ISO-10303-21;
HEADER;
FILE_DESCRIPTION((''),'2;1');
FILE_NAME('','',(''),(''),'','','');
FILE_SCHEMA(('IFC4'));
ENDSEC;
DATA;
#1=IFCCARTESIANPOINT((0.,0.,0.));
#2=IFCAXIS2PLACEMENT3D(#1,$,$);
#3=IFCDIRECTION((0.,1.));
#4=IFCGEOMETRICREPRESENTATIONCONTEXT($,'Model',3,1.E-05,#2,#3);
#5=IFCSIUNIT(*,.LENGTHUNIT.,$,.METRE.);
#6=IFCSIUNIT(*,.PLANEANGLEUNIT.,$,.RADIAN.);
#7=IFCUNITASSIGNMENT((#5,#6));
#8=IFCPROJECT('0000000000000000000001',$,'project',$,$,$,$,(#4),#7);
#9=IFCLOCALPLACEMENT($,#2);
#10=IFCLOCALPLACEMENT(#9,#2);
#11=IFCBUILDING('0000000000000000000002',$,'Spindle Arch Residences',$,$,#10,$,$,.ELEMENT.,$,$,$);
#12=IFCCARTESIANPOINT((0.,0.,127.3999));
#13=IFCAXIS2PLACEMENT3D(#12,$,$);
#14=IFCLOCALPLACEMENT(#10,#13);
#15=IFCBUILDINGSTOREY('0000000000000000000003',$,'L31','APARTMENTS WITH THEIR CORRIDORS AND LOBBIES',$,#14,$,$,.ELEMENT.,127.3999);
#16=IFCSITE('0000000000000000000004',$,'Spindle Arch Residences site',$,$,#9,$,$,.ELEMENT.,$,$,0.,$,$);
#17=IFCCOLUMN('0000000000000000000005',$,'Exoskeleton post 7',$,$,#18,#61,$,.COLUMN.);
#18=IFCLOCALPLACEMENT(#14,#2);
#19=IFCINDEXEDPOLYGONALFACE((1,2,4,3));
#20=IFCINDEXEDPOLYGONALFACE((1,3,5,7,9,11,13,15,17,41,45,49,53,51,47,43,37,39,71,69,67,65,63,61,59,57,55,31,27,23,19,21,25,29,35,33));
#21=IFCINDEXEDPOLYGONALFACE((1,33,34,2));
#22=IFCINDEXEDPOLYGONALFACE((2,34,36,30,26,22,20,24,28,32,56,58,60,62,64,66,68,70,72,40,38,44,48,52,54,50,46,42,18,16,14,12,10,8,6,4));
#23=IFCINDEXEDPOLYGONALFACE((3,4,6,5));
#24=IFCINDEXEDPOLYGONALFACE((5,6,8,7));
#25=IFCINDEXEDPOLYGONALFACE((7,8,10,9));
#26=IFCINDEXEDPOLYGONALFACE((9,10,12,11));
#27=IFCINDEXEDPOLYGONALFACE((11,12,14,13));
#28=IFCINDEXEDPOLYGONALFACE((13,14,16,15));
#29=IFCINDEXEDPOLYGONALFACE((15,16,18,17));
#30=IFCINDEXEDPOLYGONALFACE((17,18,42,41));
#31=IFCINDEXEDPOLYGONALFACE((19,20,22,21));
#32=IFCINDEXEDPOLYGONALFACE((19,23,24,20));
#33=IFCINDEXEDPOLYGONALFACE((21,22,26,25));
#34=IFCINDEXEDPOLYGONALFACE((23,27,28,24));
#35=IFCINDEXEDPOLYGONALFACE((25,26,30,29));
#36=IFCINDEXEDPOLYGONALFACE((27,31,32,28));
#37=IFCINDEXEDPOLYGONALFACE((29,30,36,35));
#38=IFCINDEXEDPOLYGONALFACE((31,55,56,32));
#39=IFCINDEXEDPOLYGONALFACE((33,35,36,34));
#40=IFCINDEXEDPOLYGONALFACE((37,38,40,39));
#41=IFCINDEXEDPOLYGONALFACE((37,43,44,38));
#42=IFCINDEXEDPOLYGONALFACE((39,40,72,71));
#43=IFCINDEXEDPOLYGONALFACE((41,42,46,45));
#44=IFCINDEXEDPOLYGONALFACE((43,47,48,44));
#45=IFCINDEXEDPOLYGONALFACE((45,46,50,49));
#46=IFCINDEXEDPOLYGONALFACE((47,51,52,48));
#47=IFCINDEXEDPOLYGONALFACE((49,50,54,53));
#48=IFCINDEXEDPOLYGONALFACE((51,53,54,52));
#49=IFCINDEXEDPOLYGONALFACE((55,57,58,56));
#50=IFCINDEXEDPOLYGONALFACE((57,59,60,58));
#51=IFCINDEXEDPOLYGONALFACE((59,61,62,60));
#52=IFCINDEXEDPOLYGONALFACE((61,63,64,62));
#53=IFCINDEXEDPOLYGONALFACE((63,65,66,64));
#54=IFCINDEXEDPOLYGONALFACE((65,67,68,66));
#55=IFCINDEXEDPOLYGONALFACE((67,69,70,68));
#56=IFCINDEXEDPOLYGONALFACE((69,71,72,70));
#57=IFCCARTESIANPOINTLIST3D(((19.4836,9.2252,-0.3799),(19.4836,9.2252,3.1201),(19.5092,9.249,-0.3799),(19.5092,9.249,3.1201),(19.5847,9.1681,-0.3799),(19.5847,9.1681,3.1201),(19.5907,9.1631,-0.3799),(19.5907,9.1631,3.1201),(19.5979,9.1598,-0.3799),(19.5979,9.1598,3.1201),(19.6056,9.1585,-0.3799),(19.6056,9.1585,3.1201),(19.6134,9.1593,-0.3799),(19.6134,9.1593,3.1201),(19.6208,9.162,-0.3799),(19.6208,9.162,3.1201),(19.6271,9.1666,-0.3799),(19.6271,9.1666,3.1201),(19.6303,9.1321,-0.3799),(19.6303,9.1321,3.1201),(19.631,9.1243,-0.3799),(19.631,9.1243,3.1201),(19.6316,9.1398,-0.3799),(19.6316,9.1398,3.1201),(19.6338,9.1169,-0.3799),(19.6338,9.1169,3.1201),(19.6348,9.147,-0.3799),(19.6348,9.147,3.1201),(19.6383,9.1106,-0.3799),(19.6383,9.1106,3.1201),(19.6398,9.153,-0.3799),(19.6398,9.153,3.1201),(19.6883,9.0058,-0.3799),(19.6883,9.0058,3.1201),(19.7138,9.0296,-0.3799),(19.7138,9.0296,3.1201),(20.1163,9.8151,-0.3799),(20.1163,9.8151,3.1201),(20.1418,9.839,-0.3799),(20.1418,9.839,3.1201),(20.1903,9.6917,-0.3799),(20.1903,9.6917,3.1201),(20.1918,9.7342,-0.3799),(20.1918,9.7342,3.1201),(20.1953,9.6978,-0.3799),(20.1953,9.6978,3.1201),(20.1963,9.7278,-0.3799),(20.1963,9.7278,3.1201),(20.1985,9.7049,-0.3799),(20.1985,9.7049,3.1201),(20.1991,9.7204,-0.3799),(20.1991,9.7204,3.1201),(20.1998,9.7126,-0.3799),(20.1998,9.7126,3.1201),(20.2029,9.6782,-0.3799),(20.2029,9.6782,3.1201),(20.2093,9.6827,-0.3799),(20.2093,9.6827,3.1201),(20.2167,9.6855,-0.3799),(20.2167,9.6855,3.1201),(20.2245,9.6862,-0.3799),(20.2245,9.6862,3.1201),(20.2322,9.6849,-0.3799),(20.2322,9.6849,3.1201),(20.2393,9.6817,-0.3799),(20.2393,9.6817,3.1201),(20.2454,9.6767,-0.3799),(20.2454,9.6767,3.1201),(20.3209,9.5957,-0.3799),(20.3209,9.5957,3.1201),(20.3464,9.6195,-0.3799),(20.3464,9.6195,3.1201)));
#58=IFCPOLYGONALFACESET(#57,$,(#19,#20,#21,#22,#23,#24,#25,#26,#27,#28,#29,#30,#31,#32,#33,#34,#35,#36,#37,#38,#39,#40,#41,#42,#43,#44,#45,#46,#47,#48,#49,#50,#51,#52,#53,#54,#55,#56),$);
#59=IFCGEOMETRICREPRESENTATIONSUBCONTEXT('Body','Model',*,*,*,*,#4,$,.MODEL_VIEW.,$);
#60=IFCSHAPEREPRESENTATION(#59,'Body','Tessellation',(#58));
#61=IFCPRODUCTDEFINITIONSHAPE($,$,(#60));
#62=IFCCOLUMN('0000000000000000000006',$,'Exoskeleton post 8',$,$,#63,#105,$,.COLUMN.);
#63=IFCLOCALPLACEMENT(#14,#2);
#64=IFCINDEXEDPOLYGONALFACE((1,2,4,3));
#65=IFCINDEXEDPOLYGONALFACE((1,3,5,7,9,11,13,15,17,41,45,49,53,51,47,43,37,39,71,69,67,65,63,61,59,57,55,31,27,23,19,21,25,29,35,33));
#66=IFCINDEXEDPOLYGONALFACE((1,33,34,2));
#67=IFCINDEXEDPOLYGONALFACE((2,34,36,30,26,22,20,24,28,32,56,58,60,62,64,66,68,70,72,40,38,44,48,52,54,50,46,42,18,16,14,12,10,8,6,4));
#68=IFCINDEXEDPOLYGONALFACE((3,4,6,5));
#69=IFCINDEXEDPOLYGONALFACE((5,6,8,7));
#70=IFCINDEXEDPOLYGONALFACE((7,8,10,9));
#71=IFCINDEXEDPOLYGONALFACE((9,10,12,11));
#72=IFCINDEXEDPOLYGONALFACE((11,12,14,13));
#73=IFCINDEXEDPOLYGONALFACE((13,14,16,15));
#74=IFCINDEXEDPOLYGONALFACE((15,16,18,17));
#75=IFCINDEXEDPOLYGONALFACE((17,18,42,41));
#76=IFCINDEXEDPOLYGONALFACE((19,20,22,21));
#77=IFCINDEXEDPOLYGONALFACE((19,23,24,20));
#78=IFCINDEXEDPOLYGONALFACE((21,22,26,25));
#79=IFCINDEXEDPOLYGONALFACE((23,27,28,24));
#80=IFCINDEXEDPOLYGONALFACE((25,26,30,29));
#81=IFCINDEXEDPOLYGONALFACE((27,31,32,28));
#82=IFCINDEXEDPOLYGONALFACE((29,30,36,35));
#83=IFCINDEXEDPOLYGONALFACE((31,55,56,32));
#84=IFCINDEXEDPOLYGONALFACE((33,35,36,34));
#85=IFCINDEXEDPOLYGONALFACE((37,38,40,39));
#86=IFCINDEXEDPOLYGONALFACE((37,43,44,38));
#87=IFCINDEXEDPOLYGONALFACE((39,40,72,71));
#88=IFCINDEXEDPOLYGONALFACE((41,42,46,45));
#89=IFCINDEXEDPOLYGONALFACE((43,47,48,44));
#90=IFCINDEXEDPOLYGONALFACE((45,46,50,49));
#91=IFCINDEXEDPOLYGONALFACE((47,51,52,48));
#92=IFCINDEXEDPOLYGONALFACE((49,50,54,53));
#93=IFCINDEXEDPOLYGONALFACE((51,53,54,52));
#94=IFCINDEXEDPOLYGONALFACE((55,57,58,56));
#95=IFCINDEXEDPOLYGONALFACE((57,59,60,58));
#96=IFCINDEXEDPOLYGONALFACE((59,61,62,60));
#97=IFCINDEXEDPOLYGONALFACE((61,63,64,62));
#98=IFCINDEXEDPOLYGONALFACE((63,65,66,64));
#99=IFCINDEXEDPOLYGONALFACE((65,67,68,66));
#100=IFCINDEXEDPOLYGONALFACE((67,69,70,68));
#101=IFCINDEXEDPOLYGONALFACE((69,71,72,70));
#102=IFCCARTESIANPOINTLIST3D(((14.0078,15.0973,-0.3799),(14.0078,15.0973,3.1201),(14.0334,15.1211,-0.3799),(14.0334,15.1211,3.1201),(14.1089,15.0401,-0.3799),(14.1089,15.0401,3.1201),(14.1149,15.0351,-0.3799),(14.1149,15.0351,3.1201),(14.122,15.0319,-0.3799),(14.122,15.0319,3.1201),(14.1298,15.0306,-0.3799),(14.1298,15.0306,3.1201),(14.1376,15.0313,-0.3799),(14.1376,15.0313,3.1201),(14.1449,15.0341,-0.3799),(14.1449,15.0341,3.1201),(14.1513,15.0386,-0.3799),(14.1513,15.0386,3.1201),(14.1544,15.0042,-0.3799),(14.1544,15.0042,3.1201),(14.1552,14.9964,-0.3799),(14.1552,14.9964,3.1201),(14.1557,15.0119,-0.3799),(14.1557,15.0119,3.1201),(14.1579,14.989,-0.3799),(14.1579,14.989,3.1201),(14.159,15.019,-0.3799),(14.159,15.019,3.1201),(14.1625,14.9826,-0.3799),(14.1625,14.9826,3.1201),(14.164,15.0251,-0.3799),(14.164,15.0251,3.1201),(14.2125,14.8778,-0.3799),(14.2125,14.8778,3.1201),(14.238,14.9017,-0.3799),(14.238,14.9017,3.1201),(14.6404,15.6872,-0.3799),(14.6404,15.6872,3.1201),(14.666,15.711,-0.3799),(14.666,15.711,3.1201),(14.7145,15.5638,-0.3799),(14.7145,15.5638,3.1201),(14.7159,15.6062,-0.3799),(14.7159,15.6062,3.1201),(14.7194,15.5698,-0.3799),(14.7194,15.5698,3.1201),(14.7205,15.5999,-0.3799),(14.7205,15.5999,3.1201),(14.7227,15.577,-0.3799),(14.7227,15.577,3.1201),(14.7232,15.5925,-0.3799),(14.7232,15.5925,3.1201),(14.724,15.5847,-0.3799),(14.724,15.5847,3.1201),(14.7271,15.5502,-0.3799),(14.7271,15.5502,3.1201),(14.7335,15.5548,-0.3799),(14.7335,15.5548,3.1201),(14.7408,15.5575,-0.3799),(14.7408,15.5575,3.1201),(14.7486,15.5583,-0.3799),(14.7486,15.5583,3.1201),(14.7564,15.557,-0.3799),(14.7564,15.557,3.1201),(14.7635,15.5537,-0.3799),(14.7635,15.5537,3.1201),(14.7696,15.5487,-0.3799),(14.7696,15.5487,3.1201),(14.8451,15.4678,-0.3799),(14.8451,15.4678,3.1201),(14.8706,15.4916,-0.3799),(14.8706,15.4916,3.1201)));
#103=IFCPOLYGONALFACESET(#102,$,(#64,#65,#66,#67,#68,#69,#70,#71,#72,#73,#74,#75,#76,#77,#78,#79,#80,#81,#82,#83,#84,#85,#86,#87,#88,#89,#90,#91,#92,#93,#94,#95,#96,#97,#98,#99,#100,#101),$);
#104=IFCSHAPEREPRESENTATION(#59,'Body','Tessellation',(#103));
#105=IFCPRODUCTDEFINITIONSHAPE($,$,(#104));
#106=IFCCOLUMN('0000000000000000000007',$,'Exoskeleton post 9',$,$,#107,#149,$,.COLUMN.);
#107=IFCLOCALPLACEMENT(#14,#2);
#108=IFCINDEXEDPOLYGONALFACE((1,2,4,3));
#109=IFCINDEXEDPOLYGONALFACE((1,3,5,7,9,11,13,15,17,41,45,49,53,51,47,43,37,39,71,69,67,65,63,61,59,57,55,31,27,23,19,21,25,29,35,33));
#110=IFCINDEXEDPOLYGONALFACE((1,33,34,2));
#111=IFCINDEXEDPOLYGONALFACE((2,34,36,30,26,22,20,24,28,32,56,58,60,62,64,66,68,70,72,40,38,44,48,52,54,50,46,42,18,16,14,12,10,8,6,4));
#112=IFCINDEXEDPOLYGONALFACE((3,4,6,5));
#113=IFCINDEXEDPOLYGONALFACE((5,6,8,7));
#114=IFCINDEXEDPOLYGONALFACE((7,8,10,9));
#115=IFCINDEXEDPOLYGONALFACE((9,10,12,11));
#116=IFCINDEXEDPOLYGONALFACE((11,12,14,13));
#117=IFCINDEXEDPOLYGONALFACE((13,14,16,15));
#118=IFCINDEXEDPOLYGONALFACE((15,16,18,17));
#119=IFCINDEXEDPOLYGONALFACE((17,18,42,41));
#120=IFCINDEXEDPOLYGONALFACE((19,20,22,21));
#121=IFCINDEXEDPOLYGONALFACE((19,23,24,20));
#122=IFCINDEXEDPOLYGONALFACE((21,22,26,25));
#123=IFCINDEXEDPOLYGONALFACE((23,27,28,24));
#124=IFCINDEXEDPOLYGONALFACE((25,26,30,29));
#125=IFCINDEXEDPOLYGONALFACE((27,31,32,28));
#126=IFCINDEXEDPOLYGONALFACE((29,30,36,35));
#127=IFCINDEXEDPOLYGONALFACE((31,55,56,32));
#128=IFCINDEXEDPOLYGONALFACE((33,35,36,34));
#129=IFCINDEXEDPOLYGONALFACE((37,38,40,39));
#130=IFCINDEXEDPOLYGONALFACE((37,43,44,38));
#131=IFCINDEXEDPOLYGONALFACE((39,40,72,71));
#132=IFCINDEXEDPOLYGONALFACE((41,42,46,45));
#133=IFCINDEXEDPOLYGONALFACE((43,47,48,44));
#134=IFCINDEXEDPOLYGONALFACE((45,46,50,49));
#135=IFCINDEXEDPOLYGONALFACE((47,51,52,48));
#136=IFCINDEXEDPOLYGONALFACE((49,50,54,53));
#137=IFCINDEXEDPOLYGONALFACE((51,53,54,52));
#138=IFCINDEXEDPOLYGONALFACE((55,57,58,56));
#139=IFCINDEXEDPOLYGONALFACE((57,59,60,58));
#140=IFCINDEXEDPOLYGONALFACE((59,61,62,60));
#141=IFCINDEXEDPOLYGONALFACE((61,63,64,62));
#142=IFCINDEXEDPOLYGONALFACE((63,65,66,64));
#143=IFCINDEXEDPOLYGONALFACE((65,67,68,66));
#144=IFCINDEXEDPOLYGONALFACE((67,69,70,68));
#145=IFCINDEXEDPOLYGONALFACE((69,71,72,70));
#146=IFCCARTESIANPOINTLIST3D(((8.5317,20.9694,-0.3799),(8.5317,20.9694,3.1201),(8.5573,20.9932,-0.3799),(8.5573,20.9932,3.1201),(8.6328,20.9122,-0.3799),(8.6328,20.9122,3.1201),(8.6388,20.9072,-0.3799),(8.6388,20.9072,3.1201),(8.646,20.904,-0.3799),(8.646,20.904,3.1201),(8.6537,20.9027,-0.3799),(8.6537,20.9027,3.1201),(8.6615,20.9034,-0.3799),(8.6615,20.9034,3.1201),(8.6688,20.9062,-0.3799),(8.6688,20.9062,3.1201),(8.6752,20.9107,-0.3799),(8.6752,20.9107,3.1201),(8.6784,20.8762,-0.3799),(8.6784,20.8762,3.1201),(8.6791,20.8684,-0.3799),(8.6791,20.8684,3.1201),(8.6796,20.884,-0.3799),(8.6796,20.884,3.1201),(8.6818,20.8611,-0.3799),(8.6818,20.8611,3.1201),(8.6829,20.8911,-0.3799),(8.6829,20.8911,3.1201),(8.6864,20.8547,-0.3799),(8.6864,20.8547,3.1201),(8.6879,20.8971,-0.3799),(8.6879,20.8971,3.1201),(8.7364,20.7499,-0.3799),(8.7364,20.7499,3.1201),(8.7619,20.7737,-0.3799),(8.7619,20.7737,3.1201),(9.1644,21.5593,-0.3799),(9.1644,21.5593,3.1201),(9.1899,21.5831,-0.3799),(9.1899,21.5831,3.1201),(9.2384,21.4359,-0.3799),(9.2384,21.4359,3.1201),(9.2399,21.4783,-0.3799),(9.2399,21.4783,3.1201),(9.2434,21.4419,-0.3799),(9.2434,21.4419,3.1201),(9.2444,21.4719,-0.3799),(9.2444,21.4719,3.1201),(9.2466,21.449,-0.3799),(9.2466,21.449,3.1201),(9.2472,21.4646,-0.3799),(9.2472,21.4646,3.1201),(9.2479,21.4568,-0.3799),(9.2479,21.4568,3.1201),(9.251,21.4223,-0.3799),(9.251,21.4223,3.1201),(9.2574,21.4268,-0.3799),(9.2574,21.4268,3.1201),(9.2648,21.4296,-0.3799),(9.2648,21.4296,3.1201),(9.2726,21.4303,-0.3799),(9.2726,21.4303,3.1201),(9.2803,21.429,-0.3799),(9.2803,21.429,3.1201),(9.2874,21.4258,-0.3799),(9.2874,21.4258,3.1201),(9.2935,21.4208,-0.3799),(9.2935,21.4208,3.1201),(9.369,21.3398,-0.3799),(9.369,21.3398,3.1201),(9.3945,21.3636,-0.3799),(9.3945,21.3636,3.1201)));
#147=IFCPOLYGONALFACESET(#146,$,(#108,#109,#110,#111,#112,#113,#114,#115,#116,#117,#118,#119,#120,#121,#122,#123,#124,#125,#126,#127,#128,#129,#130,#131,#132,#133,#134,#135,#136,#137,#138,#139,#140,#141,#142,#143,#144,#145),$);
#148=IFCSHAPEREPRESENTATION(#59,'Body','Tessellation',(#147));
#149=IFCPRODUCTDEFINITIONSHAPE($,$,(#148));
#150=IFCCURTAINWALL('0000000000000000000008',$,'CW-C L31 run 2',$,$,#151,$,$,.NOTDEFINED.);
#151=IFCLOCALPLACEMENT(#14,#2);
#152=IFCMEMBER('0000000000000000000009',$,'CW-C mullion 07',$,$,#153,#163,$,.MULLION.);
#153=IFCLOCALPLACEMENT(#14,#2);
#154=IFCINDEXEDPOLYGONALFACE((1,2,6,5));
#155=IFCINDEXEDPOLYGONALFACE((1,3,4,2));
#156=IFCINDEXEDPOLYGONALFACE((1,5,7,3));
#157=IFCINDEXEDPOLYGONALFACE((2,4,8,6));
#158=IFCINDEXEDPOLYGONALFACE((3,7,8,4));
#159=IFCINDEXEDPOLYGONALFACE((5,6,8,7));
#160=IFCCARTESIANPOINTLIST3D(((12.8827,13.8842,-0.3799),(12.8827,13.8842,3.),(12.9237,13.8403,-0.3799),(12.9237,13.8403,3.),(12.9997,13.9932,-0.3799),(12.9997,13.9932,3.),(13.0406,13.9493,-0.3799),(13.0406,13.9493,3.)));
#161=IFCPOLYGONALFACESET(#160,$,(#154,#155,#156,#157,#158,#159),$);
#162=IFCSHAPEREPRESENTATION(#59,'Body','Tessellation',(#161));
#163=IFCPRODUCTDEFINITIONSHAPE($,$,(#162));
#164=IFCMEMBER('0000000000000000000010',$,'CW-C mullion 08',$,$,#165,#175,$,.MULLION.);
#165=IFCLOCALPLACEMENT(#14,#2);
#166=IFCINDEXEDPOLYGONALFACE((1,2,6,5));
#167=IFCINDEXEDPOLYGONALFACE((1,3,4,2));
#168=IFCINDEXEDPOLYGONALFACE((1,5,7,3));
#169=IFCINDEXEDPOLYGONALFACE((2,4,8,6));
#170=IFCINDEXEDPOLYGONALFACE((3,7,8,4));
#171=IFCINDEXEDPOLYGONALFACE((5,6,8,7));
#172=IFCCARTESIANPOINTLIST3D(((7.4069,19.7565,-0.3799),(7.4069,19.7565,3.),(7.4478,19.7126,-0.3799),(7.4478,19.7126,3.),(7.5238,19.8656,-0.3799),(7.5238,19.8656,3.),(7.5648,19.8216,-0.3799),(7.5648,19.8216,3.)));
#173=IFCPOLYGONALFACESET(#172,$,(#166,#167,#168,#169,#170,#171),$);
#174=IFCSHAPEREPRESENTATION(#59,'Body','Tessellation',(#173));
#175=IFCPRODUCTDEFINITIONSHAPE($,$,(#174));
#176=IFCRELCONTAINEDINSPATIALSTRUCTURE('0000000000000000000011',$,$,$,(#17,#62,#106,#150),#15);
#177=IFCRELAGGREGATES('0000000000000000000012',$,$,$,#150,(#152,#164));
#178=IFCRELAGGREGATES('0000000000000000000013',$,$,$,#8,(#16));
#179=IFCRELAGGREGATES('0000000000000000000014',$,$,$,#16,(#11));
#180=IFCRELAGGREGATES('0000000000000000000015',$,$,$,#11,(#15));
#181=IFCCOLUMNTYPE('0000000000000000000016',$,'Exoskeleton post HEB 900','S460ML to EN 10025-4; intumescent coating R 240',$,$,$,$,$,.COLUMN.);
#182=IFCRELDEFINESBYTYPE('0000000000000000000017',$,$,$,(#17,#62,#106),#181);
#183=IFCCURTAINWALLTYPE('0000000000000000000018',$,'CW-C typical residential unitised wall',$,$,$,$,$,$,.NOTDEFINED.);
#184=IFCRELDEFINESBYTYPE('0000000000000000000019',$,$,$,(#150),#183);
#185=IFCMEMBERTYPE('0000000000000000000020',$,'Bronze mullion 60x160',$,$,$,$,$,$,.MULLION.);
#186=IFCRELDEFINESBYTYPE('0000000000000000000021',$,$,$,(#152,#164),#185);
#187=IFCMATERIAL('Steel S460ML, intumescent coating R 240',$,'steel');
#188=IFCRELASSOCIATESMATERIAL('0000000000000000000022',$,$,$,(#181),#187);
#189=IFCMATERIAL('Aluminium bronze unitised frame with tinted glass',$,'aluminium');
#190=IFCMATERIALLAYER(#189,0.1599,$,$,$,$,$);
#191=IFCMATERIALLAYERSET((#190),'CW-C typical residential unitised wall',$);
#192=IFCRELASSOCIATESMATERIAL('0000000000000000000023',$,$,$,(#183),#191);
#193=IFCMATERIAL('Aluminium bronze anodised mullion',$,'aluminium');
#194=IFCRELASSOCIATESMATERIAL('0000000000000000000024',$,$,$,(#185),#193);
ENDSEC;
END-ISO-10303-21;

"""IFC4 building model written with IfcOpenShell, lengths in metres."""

from ifc_helpers import new_model, si_unit, direction, frame, origin, origin_2d, place, context, subcontext, project, spatial, rectangle, i_section, extrude, material, layer, layer_set, material_profile, profile_set, type_object, element, aggregate, save


model = new_model("IFC4")

# Units and contexts
model_context = context("Model", 3, precision=1e-05, world=origin(), true_north=direction((0.0, 1.0)))
body_context = subcontext(model_context, "Body", "Model", "MODEL_VIEW")
ifc_project = project(units=[si_unit("LENGTHUNIT", "METRE"), si_unit("PLANEANGLEUNIT", "RADIAN")], contexts=[model_context])

# Site, building, storey
site_placement = place(None, origin())
site = spatial("IfcSite", under=ifc_project, at=site_placement, Name="Spindle Arch Residences site", CompositionType="ELEMENT", RefElevation=0.0)
building_placement = place(site_placement, origin())
building = spatial("IfcBuilding", under=site, at=building_placement, Name="Spindle Arch Residences", CompositionType="ELEMENT")
storey_placement = place(building_placement, frame((0.0, 0.0, 127.3999)))
storey = spatial("IfcBuildingStorey", under=building, at=storey_placement, Name="L31", Description="APARTMENTS WITH THEIR CORRIDORS AND LOBBIES", CompositionType="ELEMENT", Elevation=127.3999)

# Columns
ifc_material_1 = material(Name="Steel S460ML, intumescent coating R 240", Category="steel")
ifc_material_profile_1 = material_profile(ifc_material_1, i_section(OverallWidth=0.3, OverallDepth=0.8999, WebThickness=0.0186, FlangeThickness=0.0349, FilletRadius=0.03, at=origin_2d()), Name="HEB 900")
ifc_profile_set_1 = profile_set([ifc_material_profile_1], Name="Steel S460ML, intumescent coating R 240")
column_type = type_object("IfcColumnType", Name="Exoskeleton post HEB 900", Description="S460ML to EN 10025-4; intumescent coating R 240", PredefinedType="COLUMN", material=ifc_profile_set_1)
for number, where, z_axis, x_axis, name in (
    (1, (19.915, 9.4224, -0.3799), (0.0, 0.0, 1.0), (0.681998, -0.731354, 0.0), "Exoskeleton post 7"),
    (2, (14.4392, 15.2944, -0.3799), (0.0, 0.0, 1.0), (0.681998, -0.731354, 0.0), "Exoskeleton post 8"),
    (3, (8.9631, 21.1665, -0.3799), (0.0, 0.0, 1.0), (0.681998, -0.731354, 0.0), "Exoskeleton post 9"),
):
    element("IfcColumn", number, at=place(storey_placement, frame(where, z_axis=z_axis, x_axis=x_axis)), inside=storey, type_object=column_type, Name=name, PredefinedType="COLUMN", context=body_context, shape_type="SweptSolid", body=[
        extrude(i_section(OverallWidth=0.3, OverallDepth=0.8999, WebThickness=0.0186, FlangeThickness=0.0349, FilletRadius=0.03, at=origin_2d()), origin(), (0.0, 0.0, 1.0), 3.5),
    ])

# Curtain wall, members
ifc_material_2 = material(Name="Aluminium bronze unitised frame with tinted glass", Category="aluminium")
ifc_layer_1 = layer(ifc_material_2, 0.1599)
ifc_layer_set_1 = layer_set([ifc_layer_1], Name="CW-C typical residential unitised wall")
curtain_wall_type = type_object("IfcCurtainWallType", Name="CW-C typical residential unitised wall", PredefinedType="NOTDEFINED", material=ifc_layer_set_1)
curtain_wall_placement = place(storey_placement, origin())
curtain_wall = element("IfcCurtainWall", 4, at=curtain_wall_placement, inside=storey, type_object=curtain_wall_type, Name="CW-C L31 run 2", PredefinedType="NOTDEFINED")
ifc_material_3 = material(Name="Aluminium bronze anodised mullion", Category="aluminium")
ifc_material_profile_2 = material_profile(ifc_material_3, rectangle(XDim=0.1599, YDim=0.0601, at=origin_2d()), Name="MU 60x160")
ifc_profile_set_2 = profile_set([ifc_material_profile_2], Name="Aluminium bronze anodised mullion")
member_type_1 = type_object("IfcMemberType", Name="Bronze mullion 60x160", PredefinedType="MULLION", material=ifc_profile_set_2)
member_1_placement = place(storey_placement, frame((12.9617, 13.9167, -0.3799), z_axis=(0.0, 0.0, 1.0), x_axis=(-0.731354, -0.681998, 0.0)))
member_1 = element("IfcMember", 5, at=member_1_placement, type_object=member_type_1, Name="CW-C mullion 07", PredefinedType="MULLION", context=body_context, shape_type="SweptSolid", body=[
    extrude(rectangle(XDim=0.1599, YDim=0.0601, at=origin_2d()), origin(), (0.0, 0.0, 1.0), 3.3799),
])
member_2_placement = place(storey_placement, frame((7.4858, 19.7891, -0.3799), z_axis=(0.0, 0.0, 1.0), x_axis=(-0.731354, -0.681998, 0.0)))
member_2 = element("IfcMember", 6, at=member_2_placement, type_object=member_type_1, Name="CW-C mullion 08", PredefinedType="MULLION", context=body_context, shape_type="SweptSolid", body=[
    extrude(rectangle(XDim=0.1599, YDim=0.0601, at=origin_2d()), origin(), (0.0, 0.0, 1.0), 3.3799),
])

aggregate(curtain_wall, [member_1, member_2])

save(model, "model.ifc")
